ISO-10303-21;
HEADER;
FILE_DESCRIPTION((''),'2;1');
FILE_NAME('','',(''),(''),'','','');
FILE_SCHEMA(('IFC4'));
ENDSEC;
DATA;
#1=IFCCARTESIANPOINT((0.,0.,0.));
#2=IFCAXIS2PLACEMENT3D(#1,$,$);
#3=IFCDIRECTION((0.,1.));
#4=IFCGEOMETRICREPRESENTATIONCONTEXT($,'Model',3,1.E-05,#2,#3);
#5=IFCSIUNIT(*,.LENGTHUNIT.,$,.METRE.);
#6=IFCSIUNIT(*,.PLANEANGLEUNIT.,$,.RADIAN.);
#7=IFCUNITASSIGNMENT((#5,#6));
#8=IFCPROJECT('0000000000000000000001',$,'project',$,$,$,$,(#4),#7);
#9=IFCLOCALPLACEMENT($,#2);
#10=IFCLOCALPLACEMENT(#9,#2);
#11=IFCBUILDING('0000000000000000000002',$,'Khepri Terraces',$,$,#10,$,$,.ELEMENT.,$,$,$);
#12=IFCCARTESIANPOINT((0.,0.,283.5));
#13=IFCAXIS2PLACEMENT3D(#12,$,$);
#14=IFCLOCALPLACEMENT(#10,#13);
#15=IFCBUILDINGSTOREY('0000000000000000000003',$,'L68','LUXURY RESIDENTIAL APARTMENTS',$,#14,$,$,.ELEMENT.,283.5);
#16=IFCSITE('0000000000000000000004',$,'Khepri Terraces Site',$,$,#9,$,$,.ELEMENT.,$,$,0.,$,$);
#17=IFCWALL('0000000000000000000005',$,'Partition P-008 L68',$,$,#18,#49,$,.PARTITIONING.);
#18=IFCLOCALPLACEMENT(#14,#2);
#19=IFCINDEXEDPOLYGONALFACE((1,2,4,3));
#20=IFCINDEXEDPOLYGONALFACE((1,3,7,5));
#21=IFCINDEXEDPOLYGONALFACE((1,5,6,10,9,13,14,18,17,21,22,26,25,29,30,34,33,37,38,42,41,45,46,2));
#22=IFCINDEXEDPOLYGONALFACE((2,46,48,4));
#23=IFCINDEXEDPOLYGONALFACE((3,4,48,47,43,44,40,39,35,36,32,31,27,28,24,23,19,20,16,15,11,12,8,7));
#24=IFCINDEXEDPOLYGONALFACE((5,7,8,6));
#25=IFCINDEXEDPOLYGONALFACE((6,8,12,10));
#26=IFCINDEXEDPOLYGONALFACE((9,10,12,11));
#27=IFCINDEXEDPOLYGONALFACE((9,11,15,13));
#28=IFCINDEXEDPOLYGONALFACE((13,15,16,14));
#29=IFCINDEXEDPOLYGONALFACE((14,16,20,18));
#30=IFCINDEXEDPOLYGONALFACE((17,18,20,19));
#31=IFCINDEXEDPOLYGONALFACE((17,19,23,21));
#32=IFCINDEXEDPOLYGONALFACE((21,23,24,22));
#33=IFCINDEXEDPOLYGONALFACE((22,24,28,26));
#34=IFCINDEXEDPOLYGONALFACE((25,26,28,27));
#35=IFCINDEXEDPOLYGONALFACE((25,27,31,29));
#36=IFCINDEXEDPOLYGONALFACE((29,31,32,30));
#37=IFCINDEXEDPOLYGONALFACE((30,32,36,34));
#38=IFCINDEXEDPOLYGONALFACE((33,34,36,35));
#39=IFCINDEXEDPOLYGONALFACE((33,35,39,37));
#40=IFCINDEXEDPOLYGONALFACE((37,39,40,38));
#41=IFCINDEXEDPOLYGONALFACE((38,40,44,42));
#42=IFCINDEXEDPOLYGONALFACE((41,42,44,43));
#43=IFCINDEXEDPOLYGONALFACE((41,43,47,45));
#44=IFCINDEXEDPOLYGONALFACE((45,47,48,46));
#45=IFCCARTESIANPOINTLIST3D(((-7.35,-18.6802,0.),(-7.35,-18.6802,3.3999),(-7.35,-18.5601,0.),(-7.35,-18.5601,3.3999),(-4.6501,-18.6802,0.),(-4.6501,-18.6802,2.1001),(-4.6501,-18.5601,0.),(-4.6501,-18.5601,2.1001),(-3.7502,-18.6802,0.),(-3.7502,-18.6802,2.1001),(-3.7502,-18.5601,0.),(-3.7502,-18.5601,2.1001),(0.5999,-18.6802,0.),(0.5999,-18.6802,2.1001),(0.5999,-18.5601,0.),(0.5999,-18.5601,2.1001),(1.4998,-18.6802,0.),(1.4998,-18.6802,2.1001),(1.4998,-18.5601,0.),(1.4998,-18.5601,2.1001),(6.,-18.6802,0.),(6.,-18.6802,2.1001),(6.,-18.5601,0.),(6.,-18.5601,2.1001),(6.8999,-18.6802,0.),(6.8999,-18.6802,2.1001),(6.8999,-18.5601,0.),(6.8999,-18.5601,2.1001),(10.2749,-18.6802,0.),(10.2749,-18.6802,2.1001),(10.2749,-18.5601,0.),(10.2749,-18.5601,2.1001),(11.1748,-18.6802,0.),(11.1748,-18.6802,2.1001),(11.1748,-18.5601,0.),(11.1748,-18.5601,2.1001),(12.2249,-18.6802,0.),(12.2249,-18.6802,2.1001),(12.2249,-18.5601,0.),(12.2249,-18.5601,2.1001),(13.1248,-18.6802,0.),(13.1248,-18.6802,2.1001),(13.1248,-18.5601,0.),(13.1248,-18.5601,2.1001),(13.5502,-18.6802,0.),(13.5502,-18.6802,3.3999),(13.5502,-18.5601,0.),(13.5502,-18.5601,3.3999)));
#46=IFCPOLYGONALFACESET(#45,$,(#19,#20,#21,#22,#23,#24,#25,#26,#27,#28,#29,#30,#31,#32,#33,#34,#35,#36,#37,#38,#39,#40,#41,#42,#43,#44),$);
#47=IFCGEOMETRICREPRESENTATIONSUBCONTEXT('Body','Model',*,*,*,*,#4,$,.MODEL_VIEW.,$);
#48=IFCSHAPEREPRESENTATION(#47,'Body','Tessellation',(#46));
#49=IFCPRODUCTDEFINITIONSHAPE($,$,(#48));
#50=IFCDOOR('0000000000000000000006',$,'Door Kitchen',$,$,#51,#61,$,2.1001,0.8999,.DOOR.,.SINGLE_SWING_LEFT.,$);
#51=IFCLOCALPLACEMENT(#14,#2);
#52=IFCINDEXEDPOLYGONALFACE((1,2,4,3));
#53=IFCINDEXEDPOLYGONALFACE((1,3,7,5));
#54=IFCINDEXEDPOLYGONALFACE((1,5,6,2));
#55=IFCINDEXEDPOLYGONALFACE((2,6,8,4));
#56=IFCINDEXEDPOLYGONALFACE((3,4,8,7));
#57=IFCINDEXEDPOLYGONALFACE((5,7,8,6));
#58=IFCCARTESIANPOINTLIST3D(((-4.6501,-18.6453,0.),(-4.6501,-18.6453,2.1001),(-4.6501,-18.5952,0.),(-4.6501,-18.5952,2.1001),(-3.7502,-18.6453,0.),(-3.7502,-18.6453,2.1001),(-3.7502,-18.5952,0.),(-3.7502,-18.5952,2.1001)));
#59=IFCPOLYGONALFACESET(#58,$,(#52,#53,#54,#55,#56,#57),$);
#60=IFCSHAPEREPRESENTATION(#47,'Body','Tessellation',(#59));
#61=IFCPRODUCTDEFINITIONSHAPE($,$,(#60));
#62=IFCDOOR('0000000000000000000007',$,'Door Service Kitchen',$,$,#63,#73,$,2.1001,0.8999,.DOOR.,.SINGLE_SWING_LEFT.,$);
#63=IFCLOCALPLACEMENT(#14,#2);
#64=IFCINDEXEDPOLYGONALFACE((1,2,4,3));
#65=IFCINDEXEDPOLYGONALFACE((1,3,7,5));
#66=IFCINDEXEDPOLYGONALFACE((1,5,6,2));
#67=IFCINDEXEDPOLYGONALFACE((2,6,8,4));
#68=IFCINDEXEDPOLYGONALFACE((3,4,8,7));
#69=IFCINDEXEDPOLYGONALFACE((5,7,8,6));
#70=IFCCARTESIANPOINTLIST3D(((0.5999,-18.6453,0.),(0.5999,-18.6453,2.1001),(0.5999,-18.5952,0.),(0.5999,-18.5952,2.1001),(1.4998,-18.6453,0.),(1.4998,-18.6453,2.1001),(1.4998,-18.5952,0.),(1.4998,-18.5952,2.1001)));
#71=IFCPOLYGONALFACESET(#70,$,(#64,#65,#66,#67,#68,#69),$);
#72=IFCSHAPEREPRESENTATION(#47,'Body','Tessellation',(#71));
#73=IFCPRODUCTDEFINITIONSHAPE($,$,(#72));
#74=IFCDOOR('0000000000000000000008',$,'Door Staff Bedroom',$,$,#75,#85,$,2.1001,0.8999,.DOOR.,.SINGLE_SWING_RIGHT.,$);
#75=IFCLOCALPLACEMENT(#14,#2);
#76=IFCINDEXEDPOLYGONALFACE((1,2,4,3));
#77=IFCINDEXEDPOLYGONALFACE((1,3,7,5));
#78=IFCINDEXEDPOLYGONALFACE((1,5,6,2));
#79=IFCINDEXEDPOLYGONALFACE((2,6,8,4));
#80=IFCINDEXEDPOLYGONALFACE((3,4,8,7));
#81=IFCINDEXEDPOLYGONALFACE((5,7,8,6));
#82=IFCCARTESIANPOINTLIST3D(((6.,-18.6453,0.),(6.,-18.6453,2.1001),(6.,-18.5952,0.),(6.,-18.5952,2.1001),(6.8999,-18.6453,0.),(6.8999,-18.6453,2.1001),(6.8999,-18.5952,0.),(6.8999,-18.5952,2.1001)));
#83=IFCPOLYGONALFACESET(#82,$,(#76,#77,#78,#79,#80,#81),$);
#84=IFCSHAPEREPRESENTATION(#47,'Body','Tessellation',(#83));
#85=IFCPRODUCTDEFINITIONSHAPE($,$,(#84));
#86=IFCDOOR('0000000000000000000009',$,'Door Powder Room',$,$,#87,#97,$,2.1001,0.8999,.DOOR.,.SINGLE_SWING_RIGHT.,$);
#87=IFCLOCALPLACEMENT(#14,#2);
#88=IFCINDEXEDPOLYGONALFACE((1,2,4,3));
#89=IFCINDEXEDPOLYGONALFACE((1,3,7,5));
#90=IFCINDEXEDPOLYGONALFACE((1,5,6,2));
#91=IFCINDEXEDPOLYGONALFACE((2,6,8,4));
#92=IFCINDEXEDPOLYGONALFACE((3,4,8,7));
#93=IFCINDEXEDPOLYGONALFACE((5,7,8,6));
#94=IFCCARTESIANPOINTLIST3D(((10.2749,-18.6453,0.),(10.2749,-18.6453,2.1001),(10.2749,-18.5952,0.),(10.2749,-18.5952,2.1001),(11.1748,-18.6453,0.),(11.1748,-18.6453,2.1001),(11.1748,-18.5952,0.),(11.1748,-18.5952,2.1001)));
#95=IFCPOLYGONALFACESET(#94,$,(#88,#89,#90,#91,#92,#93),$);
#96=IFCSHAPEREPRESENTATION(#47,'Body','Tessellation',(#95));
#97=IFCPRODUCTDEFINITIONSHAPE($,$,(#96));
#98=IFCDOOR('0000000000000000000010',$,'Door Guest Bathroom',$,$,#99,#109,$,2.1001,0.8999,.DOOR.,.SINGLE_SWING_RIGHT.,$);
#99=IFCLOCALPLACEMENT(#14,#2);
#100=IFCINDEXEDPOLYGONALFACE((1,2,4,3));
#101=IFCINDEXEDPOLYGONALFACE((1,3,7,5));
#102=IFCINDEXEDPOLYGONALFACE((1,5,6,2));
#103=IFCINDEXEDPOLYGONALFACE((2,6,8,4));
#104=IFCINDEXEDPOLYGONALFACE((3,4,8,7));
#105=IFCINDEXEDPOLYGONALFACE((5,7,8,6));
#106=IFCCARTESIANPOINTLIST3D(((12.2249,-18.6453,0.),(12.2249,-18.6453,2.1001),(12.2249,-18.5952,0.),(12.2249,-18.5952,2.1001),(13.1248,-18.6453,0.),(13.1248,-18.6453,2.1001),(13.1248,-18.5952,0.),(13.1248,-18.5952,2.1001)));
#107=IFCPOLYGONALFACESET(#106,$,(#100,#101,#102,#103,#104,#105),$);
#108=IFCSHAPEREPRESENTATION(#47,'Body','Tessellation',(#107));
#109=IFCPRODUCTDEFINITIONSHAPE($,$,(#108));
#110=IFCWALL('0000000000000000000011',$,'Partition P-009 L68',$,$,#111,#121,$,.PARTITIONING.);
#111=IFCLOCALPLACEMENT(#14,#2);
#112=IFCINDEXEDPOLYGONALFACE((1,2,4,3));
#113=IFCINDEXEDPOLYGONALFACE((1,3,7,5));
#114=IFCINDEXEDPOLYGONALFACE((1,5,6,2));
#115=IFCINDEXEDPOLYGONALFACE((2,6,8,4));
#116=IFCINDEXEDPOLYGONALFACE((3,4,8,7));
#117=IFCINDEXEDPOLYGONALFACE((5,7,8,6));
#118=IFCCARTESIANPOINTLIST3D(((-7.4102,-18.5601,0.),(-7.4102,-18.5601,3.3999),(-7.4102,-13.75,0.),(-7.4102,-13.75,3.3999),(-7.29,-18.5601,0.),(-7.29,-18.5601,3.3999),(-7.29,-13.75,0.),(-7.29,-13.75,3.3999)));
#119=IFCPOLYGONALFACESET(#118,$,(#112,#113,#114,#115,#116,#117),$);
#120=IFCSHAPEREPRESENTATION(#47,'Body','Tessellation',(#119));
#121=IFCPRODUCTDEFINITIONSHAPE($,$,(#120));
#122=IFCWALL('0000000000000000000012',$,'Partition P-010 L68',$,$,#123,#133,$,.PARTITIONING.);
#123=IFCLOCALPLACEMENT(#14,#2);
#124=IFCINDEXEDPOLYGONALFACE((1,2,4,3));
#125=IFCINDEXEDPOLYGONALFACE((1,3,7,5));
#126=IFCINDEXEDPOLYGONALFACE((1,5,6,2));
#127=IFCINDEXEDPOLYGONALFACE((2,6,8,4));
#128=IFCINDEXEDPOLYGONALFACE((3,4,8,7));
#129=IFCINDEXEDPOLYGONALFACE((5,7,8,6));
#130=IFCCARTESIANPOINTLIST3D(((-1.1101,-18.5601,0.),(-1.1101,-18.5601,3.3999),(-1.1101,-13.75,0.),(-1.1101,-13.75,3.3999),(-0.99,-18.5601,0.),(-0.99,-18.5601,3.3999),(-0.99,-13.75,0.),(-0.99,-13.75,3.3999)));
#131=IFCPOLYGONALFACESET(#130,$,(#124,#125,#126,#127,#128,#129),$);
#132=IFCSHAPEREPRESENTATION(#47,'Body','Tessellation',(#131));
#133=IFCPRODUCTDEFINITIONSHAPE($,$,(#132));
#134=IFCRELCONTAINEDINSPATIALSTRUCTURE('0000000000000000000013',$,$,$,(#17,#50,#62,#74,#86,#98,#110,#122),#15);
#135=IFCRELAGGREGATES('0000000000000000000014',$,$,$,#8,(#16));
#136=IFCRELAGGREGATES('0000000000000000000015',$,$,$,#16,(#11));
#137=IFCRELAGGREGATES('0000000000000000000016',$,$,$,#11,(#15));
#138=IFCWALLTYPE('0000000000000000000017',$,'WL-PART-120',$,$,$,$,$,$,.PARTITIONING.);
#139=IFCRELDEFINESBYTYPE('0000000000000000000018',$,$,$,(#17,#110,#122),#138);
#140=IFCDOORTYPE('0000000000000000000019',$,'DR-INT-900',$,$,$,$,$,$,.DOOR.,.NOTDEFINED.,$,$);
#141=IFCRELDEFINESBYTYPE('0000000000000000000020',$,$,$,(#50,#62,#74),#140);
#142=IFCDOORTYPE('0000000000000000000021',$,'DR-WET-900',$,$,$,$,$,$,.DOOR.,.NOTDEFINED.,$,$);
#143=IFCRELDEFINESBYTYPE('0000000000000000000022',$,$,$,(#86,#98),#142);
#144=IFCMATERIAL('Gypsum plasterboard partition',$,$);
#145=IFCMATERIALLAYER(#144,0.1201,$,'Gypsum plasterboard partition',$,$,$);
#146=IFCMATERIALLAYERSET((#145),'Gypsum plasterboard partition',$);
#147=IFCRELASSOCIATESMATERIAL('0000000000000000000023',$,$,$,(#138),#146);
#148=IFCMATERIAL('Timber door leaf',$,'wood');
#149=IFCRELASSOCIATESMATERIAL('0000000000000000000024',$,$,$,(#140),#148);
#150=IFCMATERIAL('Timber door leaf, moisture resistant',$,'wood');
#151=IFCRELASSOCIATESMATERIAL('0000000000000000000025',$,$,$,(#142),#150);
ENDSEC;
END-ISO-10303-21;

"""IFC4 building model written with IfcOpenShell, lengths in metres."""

from ifc_helpers import new_model, si_unit, direction, frame, frame_2d, origin, place, context, subcontext, project, spatial, rectangle, extrude, material, layer, layer_set, type_object, element, fill, save


model = new_model("IFC4")

# Units and contexts
model_context = context("Model", 3, precision=1e-05, world=origin(), true_north=direction((0.0, 1.0)))
body_context = subcontext(model_context, "Body", "Model", "MODEL_VIEW")
ifc_project = project(units=[si_unit("LENGTHUNIT", "METRE"), si_unit("PLANEANGLEUNIT", "RADIAN")], contexts=[model_context])

# Site, building, storey
site_placement = place(None, origin())
site = spatial("IfcSite", under=ifc_project, at=site_placement, Name="Khepri Terraces Site", CompositionType="ELEMENT", RefElevation=0.0)
building_placement = place(site_placement, origin())
building = spatial("IfcBuilding", under=site, at=building_placement, Name="Khepri Terraces", CompositionType="ELEMENT")
storey_placement = place(building_placement, frame((0.0, 0.0, 283.5)))
storey = spatial("IfcBuildingStorey", under=building, at=storey_placement, Name="L68", Description="LUXURY RESIDENTIAL APARTMENTS", CompositionType="ELEMENT", Elevation=283.5)

# Wall, openings, doors
ifc_material_1 = material(Name="Gypsum plasterboard partition")
ifc_layer_1 = layer(ifc_material_1, 0.1201, Name="Gypsum plasterboard partition")
ifc_layer_set_1 = layer_set([ifc_layer_1], Name="Gypsum plasterboard partition")
wall_type_1 = type_object("IfcWallType", Name="WL-PART-120", PredefinedType="PARTITIONING", material=ifc_layer_set_1)
wall_1_placement = place(storey_placement, frame((-7.3501, -18.6201, 0.0), z_axis=(0.0, 0.0, 1.0), x_axis=(1.0, 0.0, 0.0)))
wall_1 = element("IfcWall", 1, at=wall_1_placement, inside=storey, type_object=wall_type_1, Name="Partition P-008 L68", PredefinedType="PARTITIONING", context=body_context, shape_type="SweptSolid", body=[
    extrude(rectangle(XDim=20.9001, YDim=0.1201, at=frame_2d((10.4502, 0.0))), origin(), (0.0, 0.0, 1.0), 3.3999),
])
opening_1_placement = place(wall_1_placement, frame((2.7, 0.0, 0.0)))
opening_1 = element("IfcOpeningElement", 2, at=opening_1_placement, cuts=wall_1, PredefinedType="OPENING", context=body_context, shape_type="SweptSolid", body=[
    extrude(rectangle(XDim=0.8999, YDim=2.1001, at=frame_2d((0.45, 1.05))), frame((0.0, 0.0701, 0.0), z_axis=(0.0, -1.0, 0.0), x_axis=(1.0, 0.0, 0.0)), (0.0, 0.0, 1.0), 0.1401),
])
opening_2_placement = place(wall_1_placement, frame((7.95, 0.0, 0.0)))
opening_2 = element("IfcOpeningElement", 3, at=opening_2_placement, cuts=wall_1, PredefinedType="OPENING", context=body_context, shape_type="SweptSolid", body=[
    extrude(rectangle(XDim=0.8999, YDim=2.1001, at=frame_2d((0.45, 1.05))), frame((0.0, 0.0701, 0.0), z_axis=(0.0, -1.0, 0.0), x_axis=(1.0, 0.0, 0.0)), (0.0, 0.0, 1.0), 0.1401),
])
opening_3_placement = place(wall_1_placement, frame((13.3501, 0.0, 0.0)))
opening_3 = element("IfcOpeningElement", 4, at=opening_3_placement, cuts=wall_1, PredefinedType="OPENING", context=body_context, shape_type="SweptSolid", body=[
    extrude(rectangle(XDim=0.8999, YDim=2.1001, at=frame_2d((0.45, 1.05))), frame((0.0, 0.0701, 0.0), z_axis=(0.0, -1.0, 0.0), x_axis=(1.0, 0.0, 0.0)), (0.0, 0.0, 1.0), 0.1401),
])
opening_4_placement = place(wall_1_placement, frame((17.625, 0.0, 0.0)))
opening_4 = element("IfcOpeningElement", 5, at=opening_4_placement, cuts=wall_1, PredefinedType="OPENING", context=body_context, shape_type="SweptSolid", body=[
    extrude(rectangle(XDim=0.8999, YDim=2.1001, at=frame_2d((0.45, 1.05))), frame((0.0, 0.0701, 0.0), z_axis=(0.0, -1.0, 0.0), x_axis=(1.0, 0.0, 0.0)), (0.0, 0.0, 1.0), 0.1401),
])
opening_5_placement = place(wall_1_placement, frame((19.575, 0.0, 0.0)))
opening_5 = element("IfcOpeningElement", 6, at=opening_5_placement, cuts=wall_1, PredefinedType="OPENING", context=body_context, shape_type="SweptSolid", body=[
    extrude(rectangle(XDim=0.8999, YDim=2.1001, at=frame_2d((0.45, 1.05))), frame((0.0, 0.0701, 0.0), z_axis=(0.0, -1.0, 0.0), x_axis=(1.0, 0.0, 0.0)), (0.0, 0.0, 1.0), 0.1401),
])
ifc_material_2 = material(Name="Timber door leaf", Category="wood")
door_type_1 = type_object("IfcDoorType", Name="DR-INT-900", OperationType="NOTDEFINED", PredefinedType="DOOR", material=ifc_material_2)
door_1_placement = place(opening_1_placement, origin())
door_1 = element("IfcDoor", 7, at=door_1_placement, inside=storey, type_object=door_type_1, Name="Door Kitchen", OperationType="SINGLE_SWING_LEFT", OverallHeight=2.1001, OverallWidth=0.8999, PredefinedType="DOOR", context=body_context, shape_type="SweptSolid", body=[
    extrude(rectangle(XDim=0.8999, YDim=2.1001, at=frame_2d((0.45, 1.05))), frame((0.0, 0.0249, 0.0), z_axis=(0.0, -1.0, 0.0), x_axis=(1.0, 0.0, 0.0)), (0.0, 0.0, 1.0), 0.05),
])
fill(opening_1, door_1)
door_2_placement = place(opening_2_placement, origin())
door_2 = element("IfcDoor", 8, at=door_2_placement, inside=storey, type_object=door_type_1, Name="Door Service Kitchen", OperationType="SINGLE_SWING_LEFT", OverallHeight=2.1001, OverallWidth=0.8999, PredefinedType="DOOR", context=body_context, shape_type="SweptSolid", body=[
    extrude(rectangle(XDim=0.8999, YDim=2.1001, at=frame_2d((0.45, 1.05))), frame((0.0, 0.0249, 0.0), z_axis=(0.0, -1.0, 0.0), x_axis=(1.0, 0.0, 0.0)), (0.0, 0.0, 1.0), 0.05),
])
fill(opening_2, door_2)
door_3_placement = place(opening_3_placement, origin())
door_3 = element("IfcDoor", 9, at=door_3_placement, inside=storey, type_object=door_type_1, Name="Door Staff Bedroom", OperationType="SINGLE_SWING_RIGHT", OverallHeight=2.1001, OverallWidth=0.8999, PredefinedType="DOOR", context=body_context, shape_type="SweptSolid", body=[
    extrude(rectangle(XDim=0.8999, YDim=2.1001, at=frame_2d((0.45, 1.05))), frame((0.0, 0.0249, 0.0), z_axis=(0.0, -1.0, 0.0), x_axis=(1.0, 0.0, 0.0)), (0.0, 0.0, 1.0), 0.05),
])
fill(opening_3, door_3)
ifc_material_3 = material(Name="Timber door leaf, moisture resistant", Category="wood")
door_type_2 = type_object("IfcDoorType", Name="DR-WET-900", OperationType="NOTDEFINED", PredefinedType="DOOR", material=ifc_material_3)
door_4_placement = place(opening_4_placement, origin())
door_4 = element("IfcDoor", 10, at=door_4_placement, inside=storey, type_object=door_type_2, Name="Door Powder Room", OperationType="SINGLE_SWING_RIGHT", OverallHeight=2.1001, OverallWidth=0.8999, PredefinedType="DOOR", context=body_context, shape_type="SweptSolid", body=[
    extrude(rectangle(XDim=0.8999, YDim=2.1001, at=frame_2d((0.45, 1.05))), frame((0.0, 0.0249, 0.0), z_axis=(0.0, -1.0, 0.0), x_axis=(1.0, 0.0, 0.0)), (0.0, 0.0, 1.0), 0.05),
])
fill(opening_4, door_4)
door_5_placement = place(opening_5_placement, origin())
door_5 = element("IfcDoor", 11, at=door_5_placement, inside=storey, type_object=door_type_2, Name="Door Guest Bathroom", OperationType="SINGLE_SWING_RIGHT", OverallHeight=2.1001, OverallWidth=0.8999, PredefinedType="DOOR", context=body_context, shape_type="SweptSolid", body=[
    extrude(rectangle(XDim=0.8999, YDim=2.1001, at=frame_2d((0.45, 1.05))), frame((0.0, 0.0249, 0.0), z_axis=(0.0, -1.0, 0.0), x_axis=(1.0, 0.0, 0.0)), (0.0, 0.0, 1.0), 0.05),
])
fill(opening_5, door_5)

# Walls
for number, where, z_axis, x_axis, name in (
    (12, (-7.3501, -18.5601, 0.0), (0.0, 0.0, 1.0), (0.0, 1.0, 0.0), "Partition P-009 L68"),
    (13, (-1.05, -18.5601, 0.0), (0.0, 0.0, 1.0), (0.0, 1.0, 0.0), "Partition P-010 L68"),
):
    element("IfcWall", number, at=place(storey_placement, frame(where, z_axis=z_axis, x_axis=x_axis)), inside=storey, type_object=wall_type_1, Name=name, PredefinedType="PARTITIONING", context=body_context, shape_type="SweptSolid", body=[
        extrude(rectangle(XDim=4.8101, YDim=0.1201, at=frame_2d((2.405, 0.0))), origin(), (0.0, 0.0, 1.0), 3.3999),
    ])

save(model, "model.ifc")
